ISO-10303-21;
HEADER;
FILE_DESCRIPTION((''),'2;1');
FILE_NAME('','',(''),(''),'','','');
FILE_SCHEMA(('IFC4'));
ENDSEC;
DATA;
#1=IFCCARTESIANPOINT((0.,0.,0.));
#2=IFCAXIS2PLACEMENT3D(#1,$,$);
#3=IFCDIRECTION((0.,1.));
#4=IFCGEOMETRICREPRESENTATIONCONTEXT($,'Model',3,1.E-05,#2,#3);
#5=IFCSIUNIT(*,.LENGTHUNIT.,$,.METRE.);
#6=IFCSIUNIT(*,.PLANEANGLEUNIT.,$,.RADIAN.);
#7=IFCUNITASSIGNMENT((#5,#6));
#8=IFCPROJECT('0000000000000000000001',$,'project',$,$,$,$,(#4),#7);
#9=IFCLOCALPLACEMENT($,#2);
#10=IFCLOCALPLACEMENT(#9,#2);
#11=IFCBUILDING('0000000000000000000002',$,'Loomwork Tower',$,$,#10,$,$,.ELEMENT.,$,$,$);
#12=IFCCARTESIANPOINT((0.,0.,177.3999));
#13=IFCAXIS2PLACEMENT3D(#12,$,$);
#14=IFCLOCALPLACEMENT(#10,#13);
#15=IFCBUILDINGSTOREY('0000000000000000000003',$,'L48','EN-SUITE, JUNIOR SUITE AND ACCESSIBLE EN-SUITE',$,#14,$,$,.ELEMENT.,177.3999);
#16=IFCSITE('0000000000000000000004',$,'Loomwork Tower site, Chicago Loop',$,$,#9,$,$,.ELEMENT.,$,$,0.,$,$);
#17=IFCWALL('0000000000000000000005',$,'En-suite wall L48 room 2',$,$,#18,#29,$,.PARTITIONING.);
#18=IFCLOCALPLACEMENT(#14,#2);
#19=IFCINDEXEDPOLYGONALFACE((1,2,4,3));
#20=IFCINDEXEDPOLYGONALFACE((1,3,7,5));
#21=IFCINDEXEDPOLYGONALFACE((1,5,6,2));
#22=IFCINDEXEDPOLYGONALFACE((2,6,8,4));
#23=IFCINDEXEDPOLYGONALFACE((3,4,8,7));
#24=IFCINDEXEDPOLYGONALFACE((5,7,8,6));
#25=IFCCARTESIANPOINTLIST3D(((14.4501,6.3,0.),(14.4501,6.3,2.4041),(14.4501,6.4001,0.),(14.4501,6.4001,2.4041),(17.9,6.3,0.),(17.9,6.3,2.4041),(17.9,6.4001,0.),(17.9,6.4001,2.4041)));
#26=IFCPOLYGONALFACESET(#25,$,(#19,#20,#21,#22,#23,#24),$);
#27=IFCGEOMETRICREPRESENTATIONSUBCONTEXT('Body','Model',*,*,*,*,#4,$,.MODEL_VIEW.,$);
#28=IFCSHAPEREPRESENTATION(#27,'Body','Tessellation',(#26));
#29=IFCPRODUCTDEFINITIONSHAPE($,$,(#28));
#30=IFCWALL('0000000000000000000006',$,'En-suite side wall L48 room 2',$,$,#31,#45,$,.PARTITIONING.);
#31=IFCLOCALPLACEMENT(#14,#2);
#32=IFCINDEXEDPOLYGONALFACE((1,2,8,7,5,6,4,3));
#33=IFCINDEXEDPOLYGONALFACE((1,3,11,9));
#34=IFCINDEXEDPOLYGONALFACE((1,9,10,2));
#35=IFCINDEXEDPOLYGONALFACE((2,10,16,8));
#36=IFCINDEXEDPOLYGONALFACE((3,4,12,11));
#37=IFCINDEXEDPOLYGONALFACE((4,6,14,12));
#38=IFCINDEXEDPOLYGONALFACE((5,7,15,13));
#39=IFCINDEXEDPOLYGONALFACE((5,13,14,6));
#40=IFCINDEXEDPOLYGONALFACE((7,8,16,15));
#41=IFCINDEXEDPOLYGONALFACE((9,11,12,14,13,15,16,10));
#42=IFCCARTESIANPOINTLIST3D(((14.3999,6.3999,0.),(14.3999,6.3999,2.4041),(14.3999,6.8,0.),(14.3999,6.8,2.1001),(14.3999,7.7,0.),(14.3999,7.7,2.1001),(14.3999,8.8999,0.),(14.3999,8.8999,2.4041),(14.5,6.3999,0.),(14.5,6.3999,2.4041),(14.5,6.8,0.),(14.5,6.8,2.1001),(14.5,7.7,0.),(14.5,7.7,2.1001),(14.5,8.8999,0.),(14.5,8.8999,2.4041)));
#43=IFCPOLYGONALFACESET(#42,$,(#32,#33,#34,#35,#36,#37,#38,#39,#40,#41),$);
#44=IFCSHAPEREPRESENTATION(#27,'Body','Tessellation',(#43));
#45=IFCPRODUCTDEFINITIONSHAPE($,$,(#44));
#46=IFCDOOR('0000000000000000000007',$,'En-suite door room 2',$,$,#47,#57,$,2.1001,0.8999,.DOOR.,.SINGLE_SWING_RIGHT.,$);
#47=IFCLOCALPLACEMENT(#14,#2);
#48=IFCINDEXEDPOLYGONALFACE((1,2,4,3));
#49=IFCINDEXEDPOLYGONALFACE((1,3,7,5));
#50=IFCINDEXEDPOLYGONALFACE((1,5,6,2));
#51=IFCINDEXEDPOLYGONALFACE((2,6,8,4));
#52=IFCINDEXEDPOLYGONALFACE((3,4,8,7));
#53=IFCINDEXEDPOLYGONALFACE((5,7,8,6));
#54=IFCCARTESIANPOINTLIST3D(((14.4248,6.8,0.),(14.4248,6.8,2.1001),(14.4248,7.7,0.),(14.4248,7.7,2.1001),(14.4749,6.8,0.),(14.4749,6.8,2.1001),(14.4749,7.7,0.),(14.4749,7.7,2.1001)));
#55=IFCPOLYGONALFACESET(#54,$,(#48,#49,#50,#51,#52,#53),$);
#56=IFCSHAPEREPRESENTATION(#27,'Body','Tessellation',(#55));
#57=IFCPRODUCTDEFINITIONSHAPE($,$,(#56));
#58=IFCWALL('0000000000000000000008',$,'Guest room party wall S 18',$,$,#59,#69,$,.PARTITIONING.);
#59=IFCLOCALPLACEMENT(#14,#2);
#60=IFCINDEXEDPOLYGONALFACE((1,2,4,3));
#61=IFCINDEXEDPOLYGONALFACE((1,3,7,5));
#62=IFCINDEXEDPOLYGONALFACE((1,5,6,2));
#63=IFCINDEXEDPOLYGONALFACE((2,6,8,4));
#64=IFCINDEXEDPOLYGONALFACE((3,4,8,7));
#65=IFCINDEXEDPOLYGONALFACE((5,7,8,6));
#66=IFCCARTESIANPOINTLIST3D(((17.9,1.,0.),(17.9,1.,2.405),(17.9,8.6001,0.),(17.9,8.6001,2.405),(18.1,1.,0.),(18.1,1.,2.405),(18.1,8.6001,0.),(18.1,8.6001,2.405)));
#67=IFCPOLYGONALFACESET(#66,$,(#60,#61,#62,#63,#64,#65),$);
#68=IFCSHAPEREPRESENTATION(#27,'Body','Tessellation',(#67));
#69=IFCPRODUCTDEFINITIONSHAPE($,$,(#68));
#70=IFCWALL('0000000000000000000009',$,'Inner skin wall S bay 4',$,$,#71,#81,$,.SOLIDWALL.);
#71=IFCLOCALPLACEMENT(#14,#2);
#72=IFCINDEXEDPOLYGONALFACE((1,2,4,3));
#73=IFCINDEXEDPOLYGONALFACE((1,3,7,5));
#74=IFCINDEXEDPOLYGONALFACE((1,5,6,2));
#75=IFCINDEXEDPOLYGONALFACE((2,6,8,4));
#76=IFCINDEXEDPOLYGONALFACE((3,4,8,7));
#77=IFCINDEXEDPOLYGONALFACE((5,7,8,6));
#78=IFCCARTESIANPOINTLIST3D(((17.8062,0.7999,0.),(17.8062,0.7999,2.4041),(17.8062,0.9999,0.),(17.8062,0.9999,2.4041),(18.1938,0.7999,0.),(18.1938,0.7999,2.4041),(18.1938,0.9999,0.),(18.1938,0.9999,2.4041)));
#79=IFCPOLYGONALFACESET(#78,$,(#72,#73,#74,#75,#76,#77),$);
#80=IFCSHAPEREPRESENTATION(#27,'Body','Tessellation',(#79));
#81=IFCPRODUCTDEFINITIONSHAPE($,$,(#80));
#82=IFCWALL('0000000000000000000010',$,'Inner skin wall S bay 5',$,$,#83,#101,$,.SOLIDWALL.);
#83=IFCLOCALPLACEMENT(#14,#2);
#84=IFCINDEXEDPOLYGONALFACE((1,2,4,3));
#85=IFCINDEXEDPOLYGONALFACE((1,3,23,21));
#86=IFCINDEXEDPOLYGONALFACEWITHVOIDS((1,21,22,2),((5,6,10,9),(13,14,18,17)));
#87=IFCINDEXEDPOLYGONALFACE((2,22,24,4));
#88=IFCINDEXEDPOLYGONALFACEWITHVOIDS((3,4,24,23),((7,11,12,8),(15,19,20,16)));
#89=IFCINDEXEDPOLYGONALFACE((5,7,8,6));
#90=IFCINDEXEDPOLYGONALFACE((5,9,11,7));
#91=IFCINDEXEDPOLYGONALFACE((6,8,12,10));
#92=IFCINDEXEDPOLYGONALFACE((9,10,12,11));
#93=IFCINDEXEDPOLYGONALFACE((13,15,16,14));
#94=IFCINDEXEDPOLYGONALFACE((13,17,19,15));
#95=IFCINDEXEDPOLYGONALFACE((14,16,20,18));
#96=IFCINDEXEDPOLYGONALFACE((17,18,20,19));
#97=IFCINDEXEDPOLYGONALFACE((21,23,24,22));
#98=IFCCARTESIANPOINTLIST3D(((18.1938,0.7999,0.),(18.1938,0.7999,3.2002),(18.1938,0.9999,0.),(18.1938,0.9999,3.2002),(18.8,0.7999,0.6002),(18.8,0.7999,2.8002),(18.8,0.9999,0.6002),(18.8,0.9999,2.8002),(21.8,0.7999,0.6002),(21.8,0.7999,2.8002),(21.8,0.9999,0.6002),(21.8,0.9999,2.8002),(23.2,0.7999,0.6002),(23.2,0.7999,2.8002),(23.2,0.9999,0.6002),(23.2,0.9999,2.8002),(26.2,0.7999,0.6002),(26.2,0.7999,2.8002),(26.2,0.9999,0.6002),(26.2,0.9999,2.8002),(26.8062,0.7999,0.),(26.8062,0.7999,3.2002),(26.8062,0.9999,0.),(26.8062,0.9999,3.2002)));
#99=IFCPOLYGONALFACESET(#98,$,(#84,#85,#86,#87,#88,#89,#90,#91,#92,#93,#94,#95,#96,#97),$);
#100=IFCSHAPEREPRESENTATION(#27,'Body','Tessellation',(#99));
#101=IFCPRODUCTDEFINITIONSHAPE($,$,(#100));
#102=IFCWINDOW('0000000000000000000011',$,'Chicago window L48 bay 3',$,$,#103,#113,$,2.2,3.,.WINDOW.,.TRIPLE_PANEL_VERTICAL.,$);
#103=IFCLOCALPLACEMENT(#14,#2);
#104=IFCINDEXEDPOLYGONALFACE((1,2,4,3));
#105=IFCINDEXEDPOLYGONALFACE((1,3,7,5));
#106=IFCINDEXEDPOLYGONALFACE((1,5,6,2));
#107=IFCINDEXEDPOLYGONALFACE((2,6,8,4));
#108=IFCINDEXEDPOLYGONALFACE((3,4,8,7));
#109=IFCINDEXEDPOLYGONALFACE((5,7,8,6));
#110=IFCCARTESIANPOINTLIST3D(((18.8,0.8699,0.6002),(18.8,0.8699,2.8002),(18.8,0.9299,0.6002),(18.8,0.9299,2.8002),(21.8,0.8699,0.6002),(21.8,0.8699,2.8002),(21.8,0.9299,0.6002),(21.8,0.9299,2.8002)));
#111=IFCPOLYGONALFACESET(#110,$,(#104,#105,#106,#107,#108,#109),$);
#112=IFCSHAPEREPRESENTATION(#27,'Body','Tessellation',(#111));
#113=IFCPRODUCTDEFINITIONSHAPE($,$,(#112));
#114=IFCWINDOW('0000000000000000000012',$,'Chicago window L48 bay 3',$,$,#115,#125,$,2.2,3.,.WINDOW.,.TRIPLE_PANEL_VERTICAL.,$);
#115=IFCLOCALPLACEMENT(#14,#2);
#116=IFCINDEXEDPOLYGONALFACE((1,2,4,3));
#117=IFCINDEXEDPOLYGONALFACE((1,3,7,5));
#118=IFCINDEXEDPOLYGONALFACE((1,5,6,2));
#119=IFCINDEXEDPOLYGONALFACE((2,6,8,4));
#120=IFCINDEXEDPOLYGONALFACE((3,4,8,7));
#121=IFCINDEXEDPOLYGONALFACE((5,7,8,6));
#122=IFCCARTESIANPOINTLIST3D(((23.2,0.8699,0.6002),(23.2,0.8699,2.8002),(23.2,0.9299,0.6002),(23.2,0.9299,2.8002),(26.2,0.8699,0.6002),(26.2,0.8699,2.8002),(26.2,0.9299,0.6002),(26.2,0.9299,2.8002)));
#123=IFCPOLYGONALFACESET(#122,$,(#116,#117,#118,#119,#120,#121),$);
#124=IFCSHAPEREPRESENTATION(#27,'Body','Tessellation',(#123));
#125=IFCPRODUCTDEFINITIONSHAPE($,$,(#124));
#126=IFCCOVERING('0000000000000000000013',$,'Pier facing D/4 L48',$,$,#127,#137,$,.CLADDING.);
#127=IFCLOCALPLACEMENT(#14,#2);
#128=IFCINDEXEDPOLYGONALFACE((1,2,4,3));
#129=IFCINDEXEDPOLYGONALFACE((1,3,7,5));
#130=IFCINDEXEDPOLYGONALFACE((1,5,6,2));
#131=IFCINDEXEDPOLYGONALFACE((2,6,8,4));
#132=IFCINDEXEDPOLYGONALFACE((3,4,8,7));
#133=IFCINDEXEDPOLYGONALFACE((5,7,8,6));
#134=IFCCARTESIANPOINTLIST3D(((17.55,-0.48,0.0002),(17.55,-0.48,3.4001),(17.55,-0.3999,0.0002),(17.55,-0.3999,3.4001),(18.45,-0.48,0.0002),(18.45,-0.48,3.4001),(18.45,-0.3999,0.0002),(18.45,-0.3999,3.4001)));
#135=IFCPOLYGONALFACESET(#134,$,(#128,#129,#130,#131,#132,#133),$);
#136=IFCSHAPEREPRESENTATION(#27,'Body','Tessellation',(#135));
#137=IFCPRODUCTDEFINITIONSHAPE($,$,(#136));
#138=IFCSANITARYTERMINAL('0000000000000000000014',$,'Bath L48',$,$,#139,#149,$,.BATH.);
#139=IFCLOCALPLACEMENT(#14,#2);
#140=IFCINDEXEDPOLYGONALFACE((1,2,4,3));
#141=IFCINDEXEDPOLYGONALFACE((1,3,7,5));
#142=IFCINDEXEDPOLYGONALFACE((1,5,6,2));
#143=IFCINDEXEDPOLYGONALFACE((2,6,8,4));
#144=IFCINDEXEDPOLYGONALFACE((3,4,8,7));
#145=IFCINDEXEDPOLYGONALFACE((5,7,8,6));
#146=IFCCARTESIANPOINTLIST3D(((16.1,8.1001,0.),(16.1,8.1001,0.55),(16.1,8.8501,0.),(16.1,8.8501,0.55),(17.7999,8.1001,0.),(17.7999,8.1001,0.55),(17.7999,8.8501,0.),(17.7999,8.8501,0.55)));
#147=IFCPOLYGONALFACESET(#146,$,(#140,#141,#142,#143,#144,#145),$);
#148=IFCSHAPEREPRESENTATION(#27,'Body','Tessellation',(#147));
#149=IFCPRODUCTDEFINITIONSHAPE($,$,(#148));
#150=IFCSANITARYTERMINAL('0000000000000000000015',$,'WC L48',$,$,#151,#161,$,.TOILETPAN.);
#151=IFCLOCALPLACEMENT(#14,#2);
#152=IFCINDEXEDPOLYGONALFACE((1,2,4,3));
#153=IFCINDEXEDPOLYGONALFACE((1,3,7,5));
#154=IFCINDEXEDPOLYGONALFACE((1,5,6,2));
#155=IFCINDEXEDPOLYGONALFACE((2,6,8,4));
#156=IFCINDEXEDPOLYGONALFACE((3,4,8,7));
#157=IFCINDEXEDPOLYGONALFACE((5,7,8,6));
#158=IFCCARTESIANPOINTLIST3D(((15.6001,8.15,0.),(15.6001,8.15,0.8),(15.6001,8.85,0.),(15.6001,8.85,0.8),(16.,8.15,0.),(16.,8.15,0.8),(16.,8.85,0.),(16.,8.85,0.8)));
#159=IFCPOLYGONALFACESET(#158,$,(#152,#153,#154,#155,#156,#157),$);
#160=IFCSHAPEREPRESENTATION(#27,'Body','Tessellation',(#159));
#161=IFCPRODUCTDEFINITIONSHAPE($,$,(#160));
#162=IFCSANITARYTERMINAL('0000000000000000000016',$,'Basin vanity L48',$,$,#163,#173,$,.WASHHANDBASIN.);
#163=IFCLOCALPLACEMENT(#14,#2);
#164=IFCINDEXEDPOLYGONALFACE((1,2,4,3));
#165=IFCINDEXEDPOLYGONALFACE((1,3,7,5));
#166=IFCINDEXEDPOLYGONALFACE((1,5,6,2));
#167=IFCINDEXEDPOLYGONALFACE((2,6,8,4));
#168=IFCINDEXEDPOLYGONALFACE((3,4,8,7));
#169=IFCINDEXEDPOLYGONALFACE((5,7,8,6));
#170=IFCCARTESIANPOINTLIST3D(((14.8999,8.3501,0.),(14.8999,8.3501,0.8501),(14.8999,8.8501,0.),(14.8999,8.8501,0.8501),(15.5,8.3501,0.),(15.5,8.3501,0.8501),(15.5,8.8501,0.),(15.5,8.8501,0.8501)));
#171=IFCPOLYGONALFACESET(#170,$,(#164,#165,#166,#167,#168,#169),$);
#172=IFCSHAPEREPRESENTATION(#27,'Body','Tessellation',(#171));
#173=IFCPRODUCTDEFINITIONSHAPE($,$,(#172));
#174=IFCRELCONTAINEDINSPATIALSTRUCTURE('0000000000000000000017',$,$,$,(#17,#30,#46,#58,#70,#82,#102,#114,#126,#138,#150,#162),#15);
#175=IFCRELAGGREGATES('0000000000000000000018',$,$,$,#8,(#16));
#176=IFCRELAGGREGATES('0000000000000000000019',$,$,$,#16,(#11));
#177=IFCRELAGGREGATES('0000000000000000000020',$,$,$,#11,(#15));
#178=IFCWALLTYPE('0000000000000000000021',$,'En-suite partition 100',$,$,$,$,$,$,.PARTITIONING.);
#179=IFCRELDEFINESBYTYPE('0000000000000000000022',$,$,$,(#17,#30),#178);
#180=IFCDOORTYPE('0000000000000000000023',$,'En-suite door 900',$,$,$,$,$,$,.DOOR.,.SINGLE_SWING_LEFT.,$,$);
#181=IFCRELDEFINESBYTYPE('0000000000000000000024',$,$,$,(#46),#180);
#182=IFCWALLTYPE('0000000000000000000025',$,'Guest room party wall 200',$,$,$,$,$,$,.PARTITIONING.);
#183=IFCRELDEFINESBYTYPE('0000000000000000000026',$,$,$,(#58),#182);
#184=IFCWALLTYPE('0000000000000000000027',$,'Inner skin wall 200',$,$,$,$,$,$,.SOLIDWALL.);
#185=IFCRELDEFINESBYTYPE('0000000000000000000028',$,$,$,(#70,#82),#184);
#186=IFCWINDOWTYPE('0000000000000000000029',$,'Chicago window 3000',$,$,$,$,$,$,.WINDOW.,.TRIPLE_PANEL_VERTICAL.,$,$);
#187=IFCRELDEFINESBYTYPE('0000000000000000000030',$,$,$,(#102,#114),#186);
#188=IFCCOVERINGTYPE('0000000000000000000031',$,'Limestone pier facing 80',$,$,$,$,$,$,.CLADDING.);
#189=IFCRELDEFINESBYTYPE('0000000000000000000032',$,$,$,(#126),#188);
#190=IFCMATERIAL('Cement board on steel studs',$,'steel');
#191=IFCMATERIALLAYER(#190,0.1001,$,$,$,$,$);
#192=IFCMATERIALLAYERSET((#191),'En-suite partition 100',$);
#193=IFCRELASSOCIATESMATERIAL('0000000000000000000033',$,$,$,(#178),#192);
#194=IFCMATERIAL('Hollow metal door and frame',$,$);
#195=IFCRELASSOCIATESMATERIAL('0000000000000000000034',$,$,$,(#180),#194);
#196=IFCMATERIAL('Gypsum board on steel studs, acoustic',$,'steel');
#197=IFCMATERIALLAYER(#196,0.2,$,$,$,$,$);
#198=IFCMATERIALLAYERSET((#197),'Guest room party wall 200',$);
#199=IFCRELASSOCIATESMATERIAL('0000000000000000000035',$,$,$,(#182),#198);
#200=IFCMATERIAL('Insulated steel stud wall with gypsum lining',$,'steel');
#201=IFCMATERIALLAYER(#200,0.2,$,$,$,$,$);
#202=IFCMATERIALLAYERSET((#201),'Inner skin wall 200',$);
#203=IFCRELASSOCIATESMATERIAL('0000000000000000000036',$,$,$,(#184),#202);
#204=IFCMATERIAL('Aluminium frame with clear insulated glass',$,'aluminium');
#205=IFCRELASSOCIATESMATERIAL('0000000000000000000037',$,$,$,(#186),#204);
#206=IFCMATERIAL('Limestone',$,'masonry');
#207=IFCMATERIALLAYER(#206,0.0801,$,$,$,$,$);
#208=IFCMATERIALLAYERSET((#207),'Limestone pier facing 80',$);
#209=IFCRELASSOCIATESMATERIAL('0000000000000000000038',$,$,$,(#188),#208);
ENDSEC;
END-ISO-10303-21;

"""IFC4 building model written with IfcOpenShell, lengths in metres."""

from ifc_helpers import new_model, si_unit, direction, frame, frame_2d, origin, origin_2d, place, context, subcontext, project, spatial, rectangle, extrude, material, layer, layer_set, type_object, element, fill, save


model = new_model("IFC4")

# Units and contexts
model_context = context("Model", 3, precision=1e-05, world=origin(), true_north=direction((0.0, 1.0)))
body_context = subcontext(model_context, "Body", "Model", "MODEL_VIEW")
ifc_project = project(units=[si_unit("LENGTHUNIT", "METRE"), si_unit("PLANEANGLEUNIT", "RADIAN")], contexts=[model_context])

# Site, building, storey
site_placement = place(None, origin())
site = spatial("IfcSite", under=ifc_project, at=site_placement, Name="Loomwork Tower site, Chicago Loop", CompositionType="ELEMENT", RefElevation=0.0)
building_placement = place(site_placement, origin())
building = spatial("IfcBuilding", under=site, at=building_placement, Name="Loomwork Tower", CompositionType="ELEMENT")
storey_placement = place(building_placement, frame((0.0, 0.0, 177.3999)))
storey = spatial("IfcBuildingStorey", under=building, at=storey_placement, Name="L48", Description="EN-SUITE, JUNIOR SUITE AND ACCESSIBLE EN-SUITE", CompositionType="ELEMENT", Elevation=177.3999)

# Wall
ifc_material_1 = material(Name="Cement board on steel studs", Category="steel")
ifc_layer_1 = layer(ifc_material_1, 0.1001)
ifc_layer_set_1 = layer_set([ifc_layer_1], Name="En-suite partition 100")
wall_type_1 = type_object("IfcWallType", Name="En-suite partition 100", PredefinedType="PARTITIONING", material=ifc_layer_set_1)
wall_1_placement = place(storey_placement, frame((14.45, 6.3501, 0.0), z_axis=(0.0, 0.0, 1.0), x_axis=(1.0, 0.0, 0.0)))
element("IfcWall", 1, at=wall_1_placement, inside=storey, type_object=wall_type_1, Name="En-suite wall L48 room 2", PredefinedType="PARTITIONING", context=body_context, shape_type="SweptSolid", body=[
    extrude(rectangle(XDim=3.45, YDim=0.1001, at=frame_2d((1.7251, 0.0))), origin(), (0.0, 0.0, 1.0), 2.4041),
])

# Wall, opening, door
wall_2_placement = place(storey_placement, frame((14.45, 8.8999, 0.0), z_axis=(0.0, 0.0, 1.0), x_axis=(0.0, -1.0, 0.0)))
wall_2 = element("IfcWall", 2, at=wall_2_placement, inside=storey, type_object=wall_type_1, Name="En-suite side wall L48 room 2", PredefinedType="PARTITIONING", context=body_context, shape_type="SweptSolid", body=[
    extrude(rectangle(XDim=2.5, YDim=0.1001, at=frame_2d((1.25, 0.0))), origin(), (0.0, 0.0, 1.0), 2.4041),
])
opening_1_placement = place(wall_2_placement, frame((1.2, 0.0, 0.0)))
opening_1 = element("IfcOpeningElement", 3, at=opening_1_placement, cuts=wall_2, PredefinedType="OPENING", context=body_context, shape_type="SweptSolid", body=[
    extrude(rectangle(XDim=0.8999, YDim=2.1001, at=frame_2d((0.45, 1.05))), frame((0.0, 0.0601, 0.0), z_axis=(0.0, -1.0, 0.0), x_axis=(1.0, 0.0, 0.0)), (0.0, 0.0, 1.0), 0.1201),
])
ifc_material_2 = material(Name="Hollow metal door and frame")
door_type = type_object("IfcDoorType", Name="En-suite door 900", OperationType="SINGLE_SWING_LEFT", PredefinedType="DOOR", material=ifc_material_2)
door_placement = place(opening_1_placement, origin())
door = element("IfcDoor", 4, at=door_placement, inside=storey, type_object=door_type, Name="En-suite door room 2", OperationType="SINGLE_SWING_RIGHT", OverallHeight=2.1001, OverallWidth=0.8999, PredefinedType="DOOR", context=body_context, shape_type="SweptSolid", body=[
    extrude(rectangle(XDim=0.8999, YDim=2.1001, at=frame_2d((0.45, 1.05))), frame((0.0, 0.0249, 0.0), z_axis=(0.0, -1.0, 0.0), x_axis=(1.0, 0.0, 0.0)), (0.0, 0.0, 1.0), 0.05),
])
fill(opening_1, door)

# Walls
ifc_material_3 = material(Name="Gypsum board on steel studs, acoustic", Category="steel")
ifc_layer_2 = layer(ifc_material_3, 0.2)
ifc_layer_set_2 = layer_set([ifc_layer_2], Name="Guest room party wall 200")
wall_type_2 = type_object("IfcWallType", Name="Guest room party wall 200", PredefinedType="PARTITIONING", material=ifc_layer_set_2)
wall_3_placement = place(storey_placement, frame((18.0, 8.6001, 0.0), z_axis=(0.0, 0.0, 1.0), x_axis=(0.0, -1.0, 0.0)))
element("IfcWall", 5, at=wall_3_placement, inside=storey, type_object=wall_type_2, Name="Guest room party wall S 18", PredefinedType="PARTITIONING", context=body_context, shape_type="SweptSolid", body=[
    extrude(rectangle(XDim=7.6001, YDim=0.2, at=frame_2d((3.8, 0.0))), origin(), (0.0, 0.0, 1.0), 2.405),
])
ifc_material_4 = material(Name="Insulated steel stud wall with gypsum lining", Category="steel")
ifc_layer_3 = layer(ifc_material_4, 0.2)
ifc_layer_set_3 = layer_set([ifc_layer_3], Name="Inner skin wall 200")
wall_type_3 = type_object("IfcWallType", Name="Inner skin wall 200", PredefinedType="SOLIDWALL", material=ifc_layer_set_3)
wall_4_placement = place(storey_placement, frame((17.8062, 0.8999, 0.0), z_axis=(0.0, 0.0, 1.0), x_axis=(1.0, 0.0, 0.0)))
element("IfcWall", 6, at=wall_4_placement, inside=storey, type_object=wall_type_3, Name="Inner skin wall S bay 4", PredefinedType="SOLIDWALL", context=body_context, shape_type="SweptSolid", body=[
    extrude(rectangle(XDim=0.3877, YDim=0.2, at=frame_2d((0.1938, 0.0))), origin(), (0.0, 0.0, 1.0), 2.4041),
])

# Wall, openings, windows
wall_5_placement = place(storey_placement, frame((18.1938, 0.8999, 0.0), z_axis=(0.0, 0.0, 1.0), x_axis=(1.0, 0.0, 0.0)))
wall_5 = element("IfcWall", 7, at=wall_5_placement, inside=storey, type_object=wall_type_3, Name="Inner skin wall S bay 5", PredefinedType="SOLIDWALL", context=body_context, shape_type="SweptSolid", body=[
    extrude(rectangle(XDim=8.6123, YDim=0.2, at=frame_2d((4.3062, 0.0))), origin(), (0.0, 0.0, 1.0), 3.2002),
])
opening_2_placement = place(wall_5_placement, frame((0.6062, 0.0, 0.6001)))
opening_2 = element("IfcOpeningElement", 8, at=opening_2_placement, cuts=wall_5, PredefinedType="OPENING", context=body_context, shape_type="SweptSolid", body=[
    extrude(rectangle(XDim=3.0, YDim=2.2, at=frame_2d((1.5, 1.1001))), frame((0.0, 0.1099, 0.0), z_axis=(0.0, -1.0, 0.0), x_axis=(1.0, 0.0, 0.0)), (0.0, 0.0, 1.0), 0.22),
])
opening_3_placement = place(wall_5_placement, frame((5.0061, 0.0, 0.6001)))
opening_3 = element("IfcOpeningElement", 9, at=opening_3_placement, cuts=wall_5, PredefinedType="OPENING", context=body_context, shape_type="SweptSolid", body=[
    extrude(rectangle(XDim=3.0, YDim=2.2, at=frame_2d((1.5, 1.1001))), frame((0.0, 0.1099, 0.0), z_axis=(0.0, -1.0, 0.0), x_axis=(1.0, 0.0, 0.0)), (0.0, 0.0, 1.0), 0.22),
])
ifc_material_5 = material(Name="Aluminium frame with clear insulated glass", Category="aluminium")
window_type = type_object("IfcWindowType", Name="Chicago window 3000", PartitioningType="TRIPLE_PANEL_VERTICAL", PredefinedType="WINDOW", material=ifc_material_5)
window_1_placement = place(opening_2_placement, origin())
window_1 = element("IfcWindow", 10, at=window_1_placement, inside=storey, type_object=window_type, Name="Chicago window L48 bay 3", OverallHeight=2.2, OverallWidth=3.0, PartitioningType="TRIPLE_PANEL_VERTICAL", PredefinedType="WINDOW", context=body_context, shape_type="SweptSolid", body=[
    extrude(rectangle(XDim=3.0, YDim=2.2, at=frame_2d((1.5, 1.1001))), frame((0.0, 0.03, 0.0), z_axis=(0.0, -1.0, 0.0), x_axis=(1.0, 0.0, 0.0)), (0.0, 0.0, 1.0), 0.0601),
])
fill(opening_2, window_1)
window_2_placement = place(opening_3_placement, origin())
window_2 = element("IfcWindow", 11, at=window_2_placement, inside=storey, type_object=window_type, Name="Chicago window L48 bay 3", OverallHeight=2.2, OverallWidth=3.0, PartitioningType="TRIPLE_PANEL_VERTICAL", PredefinedType="WINDOW", context=body_context, shape_type="SweptSolid", body=[
    extrude(rectangle(XDim=3.0, YDim=2.2, at=frame_2d((1.5, 1.1001))), frame((0.0, 0.03, 0.0), z_axis=(0.0, -1.0, 0.0), x_axis=(1.0, 0.0, 0.0)), (0.0, 0.0, 1.0), 0.0601),
])
fill(opening_3, window_2)

# Covering
ifc_material_6 = material(Name="Limestone", Category="masonry")
ifc_layer_4 = layer(ifc_material_6, 0.0801)
ifc_layer_set_4 = layer_set([ifc_layer_4], Name="Limestone pier facing 80")
covering_type = type_object("IfcCoveringType", Name="Limestone pier facing 80", PredefinedType="CLADDING", material=ifc_layer_set_4)
covering_placement = place(storey_placement, frame((18.0, -0.4399, 0.0002), z_axis=(0.0, 0.0, 1.0), x_axis=(1.0, 0.0, 0.0)))
element("IfcCovering", 12, at=covering_placement, inside=storey, type_object=covering_type, Name="Pier facing D/4 L48", PredefinedType="CLADDING", context=body_context, shape_type="SweptSolid", body=[
    extrude(rectangle(XDim=0.8999, YDim=0.0801, at=origin_2d()), origin(), (0.0, 0.0, 1.0), 3.3999),
])

# Sanitary terminals
sanitary_terminal_1_placement = place(storey_placement, frame((16.95, 8.4751, 0.0), z_axis=(0.0, 0.0, 1.0), x_axis=(1.0, 0.0, 0.0)))
element("IfcSanitaryTerminal", 13, at=sanitary_terminal_1_placement, inside=storey, Name="Bath L48", PredefinedType="BATH", context=body_context, shape_type="SweptSolid", body=[
    extrude(rectangle(XDim=1.7, YDim=0.75, at=origin_2d()), origin(), (0.0, 0.0, 1.0), 0.55),
])
sanitary_terminal_2_placement = place(storey_placement, frame((15.8, 8.5, 0.0), z_axis=(0.0, 0.0, 1.0), x_axis=(1.0, 0.0, 0.0)))
element("IfcSanitaryTerminal", 14, at=sanitary_terminal_2_placement, inside=storey, Name="WC L48", PredefinedType="TOILETPAN", context=body_context, shape_type="SweptSolid", body=[
    extrude(rectangle(XDim=0.3999, YDim=0.7, at=origin_2d()), origin(), (0.0, 0.0, 1.0), 0.8),
])
sanitary_terminal_3_placement = place(storey_placement, frame((15.2, 8.6001, 0.0), z_axis=(0.0, 0.0, 1.0), x_axis=(1.0, 0.0, 0.0)))
element("IfcSanitaryTerminal", 15, at=sanitary_terminal_3_placement, inside=storey, Name="Basin vanity L48", PredefinedType="WASHHANDBASIN", context=body_context, shape_type="SweptSolid", body=[
    extrude(rectangle(XDim=0.6001, YDim=0.5, at=origin_2d()), origin(), (0.0, 0.0, 1.0), 0.8501),
])

save(model, "model.ifc")
